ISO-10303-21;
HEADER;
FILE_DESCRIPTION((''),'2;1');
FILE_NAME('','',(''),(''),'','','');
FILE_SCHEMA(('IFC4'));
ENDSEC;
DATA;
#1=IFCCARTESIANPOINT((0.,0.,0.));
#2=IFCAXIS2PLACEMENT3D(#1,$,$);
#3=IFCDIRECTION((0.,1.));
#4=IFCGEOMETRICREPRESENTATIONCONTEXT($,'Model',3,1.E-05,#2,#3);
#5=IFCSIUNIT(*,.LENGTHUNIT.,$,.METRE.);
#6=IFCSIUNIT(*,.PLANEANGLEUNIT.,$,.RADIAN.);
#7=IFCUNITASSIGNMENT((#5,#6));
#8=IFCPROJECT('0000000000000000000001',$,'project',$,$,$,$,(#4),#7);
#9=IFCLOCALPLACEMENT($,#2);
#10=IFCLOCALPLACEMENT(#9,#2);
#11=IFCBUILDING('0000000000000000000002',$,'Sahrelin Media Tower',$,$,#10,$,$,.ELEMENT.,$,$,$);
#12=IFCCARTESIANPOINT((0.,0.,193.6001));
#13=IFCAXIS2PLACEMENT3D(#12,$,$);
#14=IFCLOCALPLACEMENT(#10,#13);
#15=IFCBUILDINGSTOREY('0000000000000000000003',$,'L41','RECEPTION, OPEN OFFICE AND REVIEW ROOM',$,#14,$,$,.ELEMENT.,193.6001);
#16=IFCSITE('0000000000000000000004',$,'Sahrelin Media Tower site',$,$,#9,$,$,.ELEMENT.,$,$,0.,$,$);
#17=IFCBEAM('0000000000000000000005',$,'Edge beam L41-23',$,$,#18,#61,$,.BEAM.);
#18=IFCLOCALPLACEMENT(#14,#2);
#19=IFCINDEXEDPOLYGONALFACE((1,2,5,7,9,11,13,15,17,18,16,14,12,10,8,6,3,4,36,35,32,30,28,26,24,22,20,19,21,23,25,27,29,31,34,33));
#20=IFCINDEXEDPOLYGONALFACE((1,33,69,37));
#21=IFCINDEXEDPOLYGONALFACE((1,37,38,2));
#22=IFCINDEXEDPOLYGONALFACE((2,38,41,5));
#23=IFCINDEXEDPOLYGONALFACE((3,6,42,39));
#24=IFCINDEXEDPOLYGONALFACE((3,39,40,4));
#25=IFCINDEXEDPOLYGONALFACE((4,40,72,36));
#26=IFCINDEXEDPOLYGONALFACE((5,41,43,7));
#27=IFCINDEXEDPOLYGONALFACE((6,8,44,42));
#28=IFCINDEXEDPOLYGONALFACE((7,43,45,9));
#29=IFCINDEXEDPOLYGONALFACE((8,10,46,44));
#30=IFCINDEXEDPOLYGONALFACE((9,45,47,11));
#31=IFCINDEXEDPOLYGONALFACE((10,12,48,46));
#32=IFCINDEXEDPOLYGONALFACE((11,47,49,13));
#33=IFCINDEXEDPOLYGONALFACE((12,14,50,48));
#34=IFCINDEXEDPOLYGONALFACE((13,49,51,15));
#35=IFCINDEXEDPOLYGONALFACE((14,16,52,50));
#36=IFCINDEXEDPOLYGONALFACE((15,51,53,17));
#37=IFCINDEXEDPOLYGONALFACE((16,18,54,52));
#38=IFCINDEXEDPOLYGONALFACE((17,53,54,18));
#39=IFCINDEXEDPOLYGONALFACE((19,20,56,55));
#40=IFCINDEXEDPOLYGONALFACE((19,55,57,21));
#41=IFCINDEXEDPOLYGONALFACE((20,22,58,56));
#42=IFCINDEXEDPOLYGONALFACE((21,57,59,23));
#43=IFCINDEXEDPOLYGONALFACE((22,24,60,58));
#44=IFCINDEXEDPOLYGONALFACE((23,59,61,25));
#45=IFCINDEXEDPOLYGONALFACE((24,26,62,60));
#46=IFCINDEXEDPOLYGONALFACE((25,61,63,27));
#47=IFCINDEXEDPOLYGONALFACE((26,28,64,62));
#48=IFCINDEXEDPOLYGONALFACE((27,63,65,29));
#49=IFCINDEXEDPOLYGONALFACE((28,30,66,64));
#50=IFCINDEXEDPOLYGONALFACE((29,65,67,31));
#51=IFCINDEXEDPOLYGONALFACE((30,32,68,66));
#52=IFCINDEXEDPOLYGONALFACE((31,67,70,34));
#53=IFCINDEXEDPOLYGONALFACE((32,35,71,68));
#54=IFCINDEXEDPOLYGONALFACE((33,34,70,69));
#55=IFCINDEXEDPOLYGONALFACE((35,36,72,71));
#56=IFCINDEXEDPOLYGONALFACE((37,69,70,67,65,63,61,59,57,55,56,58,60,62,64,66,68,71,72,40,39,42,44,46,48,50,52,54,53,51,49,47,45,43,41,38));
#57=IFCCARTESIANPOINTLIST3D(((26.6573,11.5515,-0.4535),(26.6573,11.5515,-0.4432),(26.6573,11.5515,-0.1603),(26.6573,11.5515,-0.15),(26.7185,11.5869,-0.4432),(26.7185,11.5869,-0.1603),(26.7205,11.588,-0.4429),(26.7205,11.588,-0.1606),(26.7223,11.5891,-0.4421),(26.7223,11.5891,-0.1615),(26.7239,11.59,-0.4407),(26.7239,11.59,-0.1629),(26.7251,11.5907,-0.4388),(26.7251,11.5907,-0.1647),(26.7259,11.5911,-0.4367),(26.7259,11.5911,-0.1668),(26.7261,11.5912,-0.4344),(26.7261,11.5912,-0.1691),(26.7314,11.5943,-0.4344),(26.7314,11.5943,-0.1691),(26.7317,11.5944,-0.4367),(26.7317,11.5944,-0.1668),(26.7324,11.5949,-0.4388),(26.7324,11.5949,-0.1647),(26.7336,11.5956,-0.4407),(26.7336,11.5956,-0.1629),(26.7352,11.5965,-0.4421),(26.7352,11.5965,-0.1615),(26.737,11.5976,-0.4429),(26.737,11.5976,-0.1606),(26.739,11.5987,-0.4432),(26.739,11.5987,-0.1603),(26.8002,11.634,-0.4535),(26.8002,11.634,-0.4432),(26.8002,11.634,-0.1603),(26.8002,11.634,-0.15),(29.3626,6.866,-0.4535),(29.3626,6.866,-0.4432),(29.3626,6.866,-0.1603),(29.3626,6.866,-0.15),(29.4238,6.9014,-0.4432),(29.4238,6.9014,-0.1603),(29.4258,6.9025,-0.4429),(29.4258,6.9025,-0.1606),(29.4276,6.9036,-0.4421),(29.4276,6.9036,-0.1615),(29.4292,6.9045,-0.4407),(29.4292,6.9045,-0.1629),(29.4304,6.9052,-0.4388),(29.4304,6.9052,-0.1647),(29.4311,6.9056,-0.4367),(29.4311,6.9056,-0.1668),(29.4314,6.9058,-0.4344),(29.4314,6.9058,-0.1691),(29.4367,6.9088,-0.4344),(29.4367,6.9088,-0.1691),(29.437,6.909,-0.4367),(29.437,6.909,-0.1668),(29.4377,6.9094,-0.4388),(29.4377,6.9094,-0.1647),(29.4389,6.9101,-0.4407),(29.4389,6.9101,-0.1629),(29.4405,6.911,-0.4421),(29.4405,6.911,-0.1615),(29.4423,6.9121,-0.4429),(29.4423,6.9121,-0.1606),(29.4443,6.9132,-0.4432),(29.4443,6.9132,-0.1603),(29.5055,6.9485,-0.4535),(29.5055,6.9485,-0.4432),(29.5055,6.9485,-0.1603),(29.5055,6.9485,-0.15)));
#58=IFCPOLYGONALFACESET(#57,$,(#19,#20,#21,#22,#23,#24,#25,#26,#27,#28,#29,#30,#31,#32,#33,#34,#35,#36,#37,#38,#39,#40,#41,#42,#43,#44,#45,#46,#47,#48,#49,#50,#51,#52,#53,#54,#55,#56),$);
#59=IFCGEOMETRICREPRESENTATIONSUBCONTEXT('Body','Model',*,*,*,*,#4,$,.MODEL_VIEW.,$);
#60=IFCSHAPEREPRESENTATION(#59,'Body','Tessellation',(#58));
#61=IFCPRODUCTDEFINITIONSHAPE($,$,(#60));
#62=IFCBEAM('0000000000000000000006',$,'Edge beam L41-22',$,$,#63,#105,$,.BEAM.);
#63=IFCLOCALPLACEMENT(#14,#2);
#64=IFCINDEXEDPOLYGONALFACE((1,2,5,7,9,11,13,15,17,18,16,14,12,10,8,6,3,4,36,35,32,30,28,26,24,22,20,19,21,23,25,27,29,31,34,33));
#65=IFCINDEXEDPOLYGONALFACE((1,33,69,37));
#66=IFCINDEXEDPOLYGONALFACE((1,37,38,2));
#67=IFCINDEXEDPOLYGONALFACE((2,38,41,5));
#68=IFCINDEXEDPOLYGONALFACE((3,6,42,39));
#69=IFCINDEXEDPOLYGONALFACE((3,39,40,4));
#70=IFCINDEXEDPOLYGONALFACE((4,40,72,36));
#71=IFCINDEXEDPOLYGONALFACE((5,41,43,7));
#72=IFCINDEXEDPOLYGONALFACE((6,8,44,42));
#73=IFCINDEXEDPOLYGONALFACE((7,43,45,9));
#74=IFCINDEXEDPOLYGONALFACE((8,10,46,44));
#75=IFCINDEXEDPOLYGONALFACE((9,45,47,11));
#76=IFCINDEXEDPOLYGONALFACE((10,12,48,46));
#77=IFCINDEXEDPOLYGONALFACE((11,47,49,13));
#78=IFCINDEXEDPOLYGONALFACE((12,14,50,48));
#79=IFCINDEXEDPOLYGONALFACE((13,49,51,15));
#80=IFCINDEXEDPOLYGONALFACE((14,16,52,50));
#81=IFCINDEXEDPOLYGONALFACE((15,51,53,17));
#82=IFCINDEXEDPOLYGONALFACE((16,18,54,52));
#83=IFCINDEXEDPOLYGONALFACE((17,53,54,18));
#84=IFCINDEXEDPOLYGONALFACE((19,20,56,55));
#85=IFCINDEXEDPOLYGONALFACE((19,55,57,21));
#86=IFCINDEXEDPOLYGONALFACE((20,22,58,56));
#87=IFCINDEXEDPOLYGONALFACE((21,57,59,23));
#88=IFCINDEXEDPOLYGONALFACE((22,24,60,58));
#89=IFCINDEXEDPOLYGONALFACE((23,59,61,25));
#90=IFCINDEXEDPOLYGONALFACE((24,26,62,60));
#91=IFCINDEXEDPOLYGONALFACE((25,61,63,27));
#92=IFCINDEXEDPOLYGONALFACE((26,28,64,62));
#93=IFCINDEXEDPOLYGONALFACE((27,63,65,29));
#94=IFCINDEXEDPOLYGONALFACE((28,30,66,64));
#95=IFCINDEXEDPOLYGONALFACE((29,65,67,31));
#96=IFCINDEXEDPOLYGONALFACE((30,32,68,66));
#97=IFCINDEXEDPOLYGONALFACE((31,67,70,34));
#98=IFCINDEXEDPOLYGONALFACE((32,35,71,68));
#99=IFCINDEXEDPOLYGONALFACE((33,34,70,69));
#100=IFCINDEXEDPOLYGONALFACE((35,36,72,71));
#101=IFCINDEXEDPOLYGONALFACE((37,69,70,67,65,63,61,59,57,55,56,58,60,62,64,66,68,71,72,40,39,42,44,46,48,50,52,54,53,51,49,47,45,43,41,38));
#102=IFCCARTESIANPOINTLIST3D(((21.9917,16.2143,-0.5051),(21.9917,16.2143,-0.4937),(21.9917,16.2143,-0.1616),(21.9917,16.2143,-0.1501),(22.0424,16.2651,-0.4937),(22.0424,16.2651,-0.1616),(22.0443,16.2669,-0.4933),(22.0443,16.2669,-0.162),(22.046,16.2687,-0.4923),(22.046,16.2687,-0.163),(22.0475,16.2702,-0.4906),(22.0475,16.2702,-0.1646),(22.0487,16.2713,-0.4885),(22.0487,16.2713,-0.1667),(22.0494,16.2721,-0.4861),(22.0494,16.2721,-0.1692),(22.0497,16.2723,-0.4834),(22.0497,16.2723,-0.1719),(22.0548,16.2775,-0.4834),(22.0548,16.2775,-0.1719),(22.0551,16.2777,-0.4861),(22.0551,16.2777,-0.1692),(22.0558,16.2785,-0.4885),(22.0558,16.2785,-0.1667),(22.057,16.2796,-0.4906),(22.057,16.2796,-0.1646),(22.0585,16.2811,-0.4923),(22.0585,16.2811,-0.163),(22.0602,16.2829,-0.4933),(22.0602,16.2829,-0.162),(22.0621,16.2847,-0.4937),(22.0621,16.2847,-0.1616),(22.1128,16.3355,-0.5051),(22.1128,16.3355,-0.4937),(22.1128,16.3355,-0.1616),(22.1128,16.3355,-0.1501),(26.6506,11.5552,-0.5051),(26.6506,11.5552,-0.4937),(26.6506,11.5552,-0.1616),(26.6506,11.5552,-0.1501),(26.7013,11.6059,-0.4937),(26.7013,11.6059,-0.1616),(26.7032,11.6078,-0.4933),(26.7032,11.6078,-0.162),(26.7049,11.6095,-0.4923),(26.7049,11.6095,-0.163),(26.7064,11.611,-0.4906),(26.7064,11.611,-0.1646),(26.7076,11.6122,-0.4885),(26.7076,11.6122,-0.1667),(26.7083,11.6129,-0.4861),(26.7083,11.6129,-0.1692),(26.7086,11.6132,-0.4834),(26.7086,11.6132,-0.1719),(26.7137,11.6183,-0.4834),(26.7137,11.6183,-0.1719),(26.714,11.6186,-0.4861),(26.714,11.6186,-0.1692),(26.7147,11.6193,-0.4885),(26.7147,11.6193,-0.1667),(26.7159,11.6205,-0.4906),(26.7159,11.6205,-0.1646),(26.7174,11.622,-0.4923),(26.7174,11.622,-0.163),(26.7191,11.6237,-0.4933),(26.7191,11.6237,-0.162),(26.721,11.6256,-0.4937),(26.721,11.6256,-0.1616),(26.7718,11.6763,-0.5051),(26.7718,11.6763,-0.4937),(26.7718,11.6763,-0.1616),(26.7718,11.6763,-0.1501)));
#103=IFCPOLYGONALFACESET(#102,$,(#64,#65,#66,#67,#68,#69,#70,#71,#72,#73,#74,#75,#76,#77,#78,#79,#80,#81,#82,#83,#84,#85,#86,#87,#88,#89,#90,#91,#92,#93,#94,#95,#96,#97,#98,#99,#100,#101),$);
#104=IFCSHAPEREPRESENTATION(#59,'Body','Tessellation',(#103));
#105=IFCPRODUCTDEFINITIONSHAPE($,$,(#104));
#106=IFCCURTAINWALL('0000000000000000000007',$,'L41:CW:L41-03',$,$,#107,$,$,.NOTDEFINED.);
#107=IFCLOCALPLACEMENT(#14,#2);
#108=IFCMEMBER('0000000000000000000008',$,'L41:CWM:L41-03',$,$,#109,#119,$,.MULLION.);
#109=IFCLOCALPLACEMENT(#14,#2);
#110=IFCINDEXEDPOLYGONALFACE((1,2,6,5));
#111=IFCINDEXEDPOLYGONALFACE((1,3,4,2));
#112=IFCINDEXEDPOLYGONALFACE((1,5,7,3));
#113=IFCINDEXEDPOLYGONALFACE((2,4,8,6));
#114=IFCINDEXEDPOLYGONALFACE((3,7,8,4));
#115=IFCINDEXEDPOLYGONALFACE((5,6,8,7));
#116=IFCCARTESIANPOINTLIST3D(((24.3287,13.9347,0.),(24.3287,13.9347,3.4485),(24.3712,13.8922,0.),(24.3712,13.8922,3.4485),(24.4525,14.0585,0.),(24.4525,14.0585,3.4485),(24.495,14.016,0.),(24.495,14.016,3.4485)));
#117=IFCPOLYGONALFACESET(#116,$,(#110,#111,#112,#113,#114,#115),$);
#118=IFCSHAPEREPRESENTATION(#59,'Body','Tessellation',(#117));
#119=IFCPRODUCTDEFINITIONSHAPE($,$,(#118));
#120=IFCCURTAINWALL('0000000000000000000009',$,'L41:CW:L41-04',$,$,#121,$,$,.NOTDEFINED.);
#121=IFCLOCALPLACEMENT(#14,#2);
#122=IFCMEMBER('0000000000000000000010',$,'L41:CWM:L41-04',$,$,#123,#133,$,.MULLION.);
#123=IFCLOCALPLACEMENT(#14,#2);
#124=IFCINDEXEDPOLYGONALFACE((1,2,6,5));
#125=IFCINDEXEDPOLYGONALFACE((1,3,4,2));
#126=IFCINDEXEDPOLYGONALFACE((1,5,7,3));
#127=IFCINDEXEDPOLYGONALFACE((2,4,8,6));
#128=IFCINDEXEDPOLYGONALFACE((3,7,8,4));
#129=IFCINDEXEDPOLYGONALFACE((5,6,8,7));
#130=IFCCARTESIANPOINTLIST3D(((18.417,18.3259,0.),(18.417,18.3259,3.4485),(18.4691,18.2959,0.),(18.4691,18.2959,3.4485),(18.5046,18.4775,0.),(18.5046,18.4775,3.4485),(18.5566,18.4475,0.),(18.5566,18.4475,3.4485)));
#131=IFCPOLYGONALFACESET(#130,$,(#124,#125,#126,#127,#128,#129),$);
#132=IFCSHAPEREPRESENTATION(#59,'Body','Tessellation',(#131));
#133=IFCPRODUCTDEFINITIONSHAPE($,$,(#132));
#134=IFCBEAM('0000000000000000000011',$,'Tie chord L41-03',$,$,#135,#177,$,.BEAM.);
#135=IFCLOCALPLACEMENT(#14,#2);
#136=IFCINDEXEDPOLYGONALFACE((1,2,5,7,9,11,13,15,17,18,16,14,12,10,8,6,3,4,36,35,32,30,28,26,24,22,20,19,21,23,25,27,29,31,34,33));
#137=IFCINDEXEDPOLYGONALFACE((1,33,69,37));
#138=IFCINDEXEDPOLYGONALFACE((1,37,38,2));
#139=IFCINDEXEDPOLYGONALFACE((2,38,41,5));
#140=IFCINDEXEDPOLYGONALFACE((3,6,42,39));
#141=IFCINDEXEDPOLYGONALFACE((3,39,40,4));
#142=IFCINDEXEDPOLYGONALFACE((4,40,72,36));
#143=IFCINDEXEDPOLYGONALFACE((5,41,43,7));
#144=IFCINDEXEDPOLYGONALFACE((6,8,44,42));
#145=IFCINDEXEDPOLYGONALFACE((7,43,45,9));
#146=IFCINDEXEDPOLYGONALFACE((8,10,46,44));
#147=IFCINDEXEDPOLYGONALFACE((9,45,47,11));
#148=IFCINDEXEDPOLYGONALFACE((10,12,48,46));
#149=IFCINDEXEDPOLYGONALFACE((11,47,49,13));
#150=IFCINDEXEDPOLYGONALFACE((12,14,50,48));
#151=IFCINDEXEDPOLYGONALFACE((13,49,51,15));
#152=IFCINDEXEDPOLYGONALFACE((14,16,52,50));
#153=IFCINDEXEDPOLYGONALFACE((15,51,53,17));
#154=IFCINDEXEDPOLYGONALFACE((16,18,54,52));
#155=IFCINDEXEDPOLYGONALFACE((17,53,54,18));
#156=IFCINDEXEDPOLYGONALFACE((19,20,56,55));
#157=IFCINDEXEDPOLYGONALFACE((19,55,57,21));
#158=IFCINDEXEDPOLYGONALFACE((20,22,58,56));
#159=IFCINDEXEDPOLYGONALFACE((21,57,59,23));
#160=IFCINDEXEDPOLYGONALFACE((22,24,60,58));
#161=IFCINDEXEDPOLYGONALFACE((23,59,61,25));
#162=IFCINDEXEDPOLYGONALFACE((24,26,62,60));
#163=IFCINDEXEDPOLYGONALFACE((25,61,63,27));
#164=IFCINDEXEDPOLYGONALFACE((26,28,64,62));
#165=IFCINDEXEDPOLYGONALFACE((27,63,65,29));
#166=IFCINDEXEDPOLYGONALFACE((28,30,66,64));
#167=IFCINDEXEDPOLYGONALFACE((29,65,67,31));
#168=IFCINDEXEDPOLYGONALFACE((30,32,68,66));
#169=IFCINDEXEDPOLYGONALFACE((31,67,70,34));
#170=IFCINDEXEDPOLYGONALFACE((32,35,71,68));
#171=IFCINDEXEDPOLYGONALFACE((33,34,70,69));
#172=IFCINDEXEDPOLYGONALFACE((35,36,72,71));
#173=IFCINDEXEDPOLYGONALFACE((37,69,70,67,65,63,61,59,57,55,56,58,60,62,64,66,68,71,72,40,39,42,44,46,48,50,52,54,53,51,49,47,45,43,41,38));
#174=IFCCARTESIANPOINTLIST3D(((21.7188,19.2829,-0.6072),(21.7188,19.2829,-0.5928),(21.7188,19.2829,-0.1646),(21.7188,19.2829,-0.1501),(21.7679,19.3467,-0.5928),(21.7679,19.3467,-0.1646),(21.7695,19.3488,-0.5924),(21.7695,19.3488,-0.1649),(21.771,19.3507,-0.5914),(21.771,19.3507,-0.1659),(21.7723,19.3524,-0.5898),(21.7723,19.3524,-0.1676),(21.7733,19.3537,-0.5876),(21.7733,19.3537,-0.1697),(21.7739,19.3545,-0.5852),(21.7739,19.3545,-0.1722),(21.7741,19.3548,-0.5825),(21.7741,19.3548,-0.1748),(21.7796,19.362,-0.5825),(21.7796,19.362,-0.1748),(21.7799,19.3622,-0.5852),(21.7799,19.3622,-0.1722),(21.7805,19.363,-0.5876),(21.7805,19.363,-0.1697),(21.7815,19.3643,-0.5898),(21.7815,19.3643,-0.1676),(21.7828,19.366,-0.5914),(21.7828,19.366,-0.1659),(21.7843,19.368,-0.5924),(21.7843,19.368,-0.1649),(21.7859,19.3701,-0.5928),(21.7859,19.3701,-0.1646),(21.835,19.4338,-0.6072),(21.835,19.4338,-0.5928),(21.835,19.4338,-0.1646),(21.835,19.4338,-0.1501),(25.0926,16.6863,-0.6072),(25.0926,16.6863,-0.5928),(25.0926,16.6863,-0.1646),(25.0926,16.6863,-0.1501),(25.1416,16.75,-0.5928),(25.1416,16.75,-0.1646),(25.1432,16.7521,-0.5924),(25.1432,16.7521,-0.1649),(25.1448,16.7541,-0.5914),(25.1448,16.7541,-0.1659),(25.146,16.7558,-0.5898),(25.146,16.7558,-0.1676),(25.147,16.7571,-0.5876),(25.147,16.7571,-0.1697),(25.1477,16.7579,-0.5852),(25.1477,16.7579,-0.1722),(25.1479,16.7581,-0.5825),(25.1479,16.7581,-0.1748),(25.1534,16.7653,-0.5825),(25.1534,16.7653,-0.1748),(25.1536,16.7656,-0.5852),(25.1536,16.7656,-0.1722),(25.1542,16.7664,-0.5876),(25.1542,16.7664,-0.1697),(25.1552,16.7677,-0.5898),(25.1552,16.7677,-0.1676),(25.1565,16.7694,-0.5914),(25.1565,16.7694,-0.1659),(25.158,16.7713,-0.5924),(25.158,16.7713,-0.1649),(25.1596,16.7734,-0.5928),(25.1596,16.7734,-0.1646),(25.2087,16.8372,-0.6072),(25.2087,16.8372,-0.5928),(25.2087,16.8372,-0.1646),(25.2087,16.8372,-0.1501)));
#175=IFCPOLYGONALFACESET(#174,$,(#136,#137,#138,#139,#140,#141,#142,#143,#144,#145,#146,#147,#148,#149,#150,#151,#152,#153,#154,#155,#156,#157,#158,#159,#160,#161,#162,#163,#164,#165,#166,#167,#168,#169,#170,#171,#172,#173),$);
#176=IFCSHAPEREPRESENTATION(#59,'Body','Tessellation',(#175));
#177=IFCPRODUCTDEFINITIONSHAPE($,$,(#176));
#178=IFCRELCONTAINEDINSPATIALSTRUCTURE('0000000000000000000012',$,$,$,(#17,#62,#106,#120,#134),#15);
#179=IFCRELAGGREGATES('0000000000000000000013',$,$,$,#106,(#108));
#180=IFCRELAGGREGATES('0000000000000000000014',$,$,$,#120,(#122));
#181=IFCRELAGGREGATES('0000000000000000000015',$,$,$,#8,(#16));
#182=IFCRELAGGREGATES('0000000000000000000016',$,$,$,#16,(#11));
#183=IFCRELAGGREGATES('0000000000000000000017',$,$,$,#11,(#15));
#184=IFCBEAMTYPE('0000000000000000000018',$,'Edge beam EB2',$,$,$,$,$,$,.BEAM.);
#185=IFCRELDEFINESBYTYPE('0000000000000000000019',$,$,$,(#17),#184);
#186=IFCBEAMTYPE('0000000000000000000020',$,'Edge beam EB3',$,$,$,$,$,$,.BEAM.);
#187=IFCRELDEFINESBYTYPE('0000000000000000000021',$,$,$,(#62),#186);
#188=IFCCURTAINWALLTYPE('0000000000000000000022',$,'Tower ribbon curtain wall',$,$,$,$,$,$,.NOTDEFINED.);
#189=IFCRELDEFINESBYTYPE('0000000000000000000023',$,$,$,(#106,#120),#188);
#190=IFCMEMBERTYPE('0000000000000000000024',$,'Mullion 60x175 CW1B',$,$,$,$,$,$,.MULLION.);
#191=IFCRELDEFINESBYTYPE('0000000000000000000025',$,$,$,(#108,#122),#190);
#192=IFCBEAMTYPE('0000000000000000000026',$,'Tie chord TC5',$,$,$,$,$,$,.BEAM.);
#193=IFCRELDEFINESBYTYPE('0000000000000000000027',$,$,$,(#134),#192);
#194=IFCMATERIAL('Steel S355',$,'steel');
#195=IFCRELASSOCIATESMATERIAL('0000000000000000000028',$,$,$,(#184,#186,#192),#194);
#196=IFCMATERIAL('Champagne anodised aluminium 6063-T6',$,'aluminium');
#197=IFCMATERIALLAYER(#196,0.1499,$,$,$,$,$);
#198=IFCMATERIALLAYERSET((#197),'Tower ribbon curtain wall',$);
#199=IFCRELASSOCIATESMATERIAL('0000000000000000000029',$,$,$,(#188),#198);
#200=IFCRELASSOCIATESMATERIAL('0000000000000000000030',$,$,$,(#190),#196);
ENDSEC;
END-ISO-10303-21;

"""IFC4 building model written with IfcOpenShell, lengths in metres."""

from ifc_helpers import new_model, si_unit, direction, frame, origin, origin_2d, place, context, subcontext, project, spatial, rectangle, i_section, extrude, material, layer, layer_set, material_profile, profile_set, type_object, element, aggregate, save


model = new_model("IFC4")

# Units and contexts
model_context = context("Model", 3, precision=1e-05, world=origin(), true_north=direction((0.0, 1.0)))
body_context = subcontext(model_context, "Body", "Model", "MODEL_VIEW")
ifc_project = project(units=[si_unit("LENGTHUNIT", "METRE"), si_unit("PLANEANGLEUNIT", "RADIAN")], contexts=[model_context])

# Site, building, storey
site_placement = place(None, origin())
site = spatial("IfcSite", under=ifc_project, at=site_placement, Name="Sahrelin Media Tower site", CompositionType="ELEMENT", RefElevation=0.0)
building_placement = place(site_placement, origin())
building = spatial("IfcBuilding", under=site, at=building_placement, Name="Sahrelin Media Tower", CompositionType="ELEMENT")
storey_placement = place(building_placement, frame((0.0, 0.0, 193.6001)))
storey = spatial("IfcBuildingStorey", under=building, at=storey_placement, Name="L41", Description="RECEPTION, OPEN OFFICE AND REVIEW ROOM", CompositionType="ELEMENT", Elevation=193.6001)

# Beams
ifc_material_1 = material(Name="Steel S355", Category="steel")
ifc_material_profile_1 = material_profile(ifc_material_1, i_section(OverallWidth=0.165, OverallDepth=0.3035, WebThickness=0.0061, FlangeThickness=0.0103, FilletRadius=0.0088, at=origin_2d()), Name="UB 305x165x40")
ifc_profile_set_1 = profile_set([ifc_material_profile_1], Name="Steel S355")
beam_type_1 = type_object("IfcBeamType", Name="Edge beam EB2", PredefinedType="BEAM", material=ifc_profile_set_1)
beam_1_placement = place(storey_placement, frame((26.7288, 11.5928, -0.3018), z_axis=(0.500017, -0.866016, 0.0), x_axis=(0.866016, 0.500017, 0.0)))
element("IfcBeam", 1, at=beam_1_placement, inside=storey, type_object=beam_type_1, Name="Edge beam L41-23", PredefinedType="BEAM", context=body_context, shape_type="SweptSolid", body=[
    extrude(i_section(OverallWidth=0.165, OverallDepth=0.3035, WebThickness=0.0061, FlangeThickness=0.0103, FilletRadius=0.0088, at=origin_2d()), origin(), (0.0, 0.0, 1.0), 5.4104),
])
ifc_material_profile_2 = material_profile(ifc_material_1, i_section(OverallWidth=0.1714, OverallDepth=0.355, WebThickness=0.0073, FlangeThickness=0.0115, FilletRadius=0.0103, at=origin_2d()), Name="UB 356x171x51")
ifc_profile_set_2 = profile_set([ifc_material_profile_2], Name="Steel S355")
beam_type_2 = type_object("IfcBeamType", Name="Edge beam EB3", PredefinedType="BEAM", material=ifc_profile_set_2)
beam_2_placement = place(storey_placement, frame((22.0522, 16.2749, -0.3276), z_axis=(0.707088, -0.707125, 0.0), x_axis=(0.707125, 0.707088, 0.0)))
element("IfcBeam", 2, at=beam_2_placement, inside=storey, type_object=beam_type_2, Name="Edge beam L41-22", PredefinedType="BEAM", context=body_context, shape_type="SweptSolid", body=[
    extrude(i_section(OverallWidth=0.1714, OverallDepth=0.355, WebThickness=0.0073, FlangeThickness=0.0115, FilletRadius=0.0103, at=origin_2d()), origin(), (0.0, 0.0, 1.0), 6.5889),
])

# Curtain walls, members
ifc_material_2 = material(Name="Champagne anodised aluminium 6063-T6", Category="aluminium")
ifc_layer_1 = layer(ifc_material_2, 0.1499)
ifc_layer_set_1 = layer_set([ifc_layer_1], Name="Tower ribbon curtain wall")
curtain_wall_type = type_object("IfcCurtainWallType", Name="Tower ribbon curtain wall", PredefinedType="NOTDEFINED", material=ifc_layer_set_1)
curtain_wall_1_placement = place(storey_placement, frame((24.4878, 14.0513, 0.0), z_axis=(0.0, 0.0, 1.0), x_axis=(1.0, 0.0, 0.0)))
curtain_wall_1 = element("IfcCurtainWall", 3, at=curtain_wall_1_placement, inside=storey, type_object=curtain_wall_type, Name="L41:CW:L41-03", PredefinedType="NOTDEFINED")
ifc_material_profile_3 = material_profile(ifc_material_2, rectangle(XDim=0.0601, YDim=0.175, at=origin_2d()), Name="Mullion 60x175")
ifc_profile_set_3 = profile_set([ifc_material_profile_3], Name="Champagne anodised aluminium 6063-T6")
member_type_1 = type_object("IfcMemberType", Name="Mullion 60x175 CW1B", PredefinedType="MULLION", material=ifc_profile_set_3)
member_1_placement = place(storey_placement, frame((24.4119, 13.9753, 0.0), z_axis=(0.0, 0.0, 1.0), x_axis=(-0.707107, 0.707107, 0.0)))
member_1 = element("IfcMember", 4, at=member_1_placement, type_object=member_type_1, Name="L41:CWM:L41-03", PredefinedType="MULLION", context=body_context, shape_type="SweptSolid", body=[
    extrude(rectangle(XDim=0.0601, YDim=0.175, at=origin_2d()), origin(), (0.0, 0.0, 1.0), 3.4485),
])
curtain_wall_2_placement = place(storey_placement, frame((18.5405, 18.48, 0.0), z_axis=(0.0, 0.0, 1.0), x_axis=(1.0, 0.0, 0.0)))
curtain_wall_2 = element("IfcCurtainWall", 5, at=curtain_wall_2_placement, inside=storey, type_object=curtain_wall_type, Name="L41:CW:L41-04", PredefinedType="NOTDEFINED")
member_2_placement = place(storey_placement, frame((18.4868, 18.3867, 0.0), z_axis=(0.0, 0.0, 1.0), x_axis=(-0.866024, 0.500003, 0.0)))
member_2 = element("IfcMember", 6, at=member_2_placement, type_object=member_type_1, Name="L41:CWM:L41-04", PredefinedType="MULLION", context=body_context, shape_type="SweptSolid", body=[
    extrude(rectangle(XDim=0.0601, YDim=0.175, at=origin_2d()), origin(), (0.0, 0.0, 1.0), 3.4485),
])

# Beam
ifc_material_profile_4 = material_profile(ifc_material_1, i_section(OverallWidth=0.1904, OverallDepth=0.457, WebThickness=0.009, FlangeThickness=0.0144, FilletRadius=0.0103, at=origin_2d()), Name="UB 457x191x74")
ifc_profile_set_4 = profile_set([ifc_material_profile_4], Name="Steel S355")
beam_type_3 = type_object("IfcBeamType", Name="Tie chord TC5", PredefinedType="BEAM", material=ifc_profile_set_4)
beam_3_placement = place(storey_placement, frame((25.1506, 16.7617, -0.3787), z_axis=(-0.792458, 0.609927, 0.0), x_axis=(-0.609927, -0.792458, 0.0)))
element("IfcBeam", 7, at=beam_3_placement, inside=storey, type_object=beam_type_3, Name="Tie chord L41-03", PredefinedType="BEAM", context=body_context, shape_type="SweptSolid", body=[
    extrude(i_section(OverallWidth=0.1904, OverallDepth=0.457, WebThickness=0.009, FlangeThickness=0.0144, FilletRadius=0.0103, at=origin_2d()), origin(), (0.0, 0.0, 1.0), 4.2573),
])

aggregate(curtain_wall_1, [member_1])
aggregate(curtain_wall_2, [member_2])

save(model, "model.ifc")
